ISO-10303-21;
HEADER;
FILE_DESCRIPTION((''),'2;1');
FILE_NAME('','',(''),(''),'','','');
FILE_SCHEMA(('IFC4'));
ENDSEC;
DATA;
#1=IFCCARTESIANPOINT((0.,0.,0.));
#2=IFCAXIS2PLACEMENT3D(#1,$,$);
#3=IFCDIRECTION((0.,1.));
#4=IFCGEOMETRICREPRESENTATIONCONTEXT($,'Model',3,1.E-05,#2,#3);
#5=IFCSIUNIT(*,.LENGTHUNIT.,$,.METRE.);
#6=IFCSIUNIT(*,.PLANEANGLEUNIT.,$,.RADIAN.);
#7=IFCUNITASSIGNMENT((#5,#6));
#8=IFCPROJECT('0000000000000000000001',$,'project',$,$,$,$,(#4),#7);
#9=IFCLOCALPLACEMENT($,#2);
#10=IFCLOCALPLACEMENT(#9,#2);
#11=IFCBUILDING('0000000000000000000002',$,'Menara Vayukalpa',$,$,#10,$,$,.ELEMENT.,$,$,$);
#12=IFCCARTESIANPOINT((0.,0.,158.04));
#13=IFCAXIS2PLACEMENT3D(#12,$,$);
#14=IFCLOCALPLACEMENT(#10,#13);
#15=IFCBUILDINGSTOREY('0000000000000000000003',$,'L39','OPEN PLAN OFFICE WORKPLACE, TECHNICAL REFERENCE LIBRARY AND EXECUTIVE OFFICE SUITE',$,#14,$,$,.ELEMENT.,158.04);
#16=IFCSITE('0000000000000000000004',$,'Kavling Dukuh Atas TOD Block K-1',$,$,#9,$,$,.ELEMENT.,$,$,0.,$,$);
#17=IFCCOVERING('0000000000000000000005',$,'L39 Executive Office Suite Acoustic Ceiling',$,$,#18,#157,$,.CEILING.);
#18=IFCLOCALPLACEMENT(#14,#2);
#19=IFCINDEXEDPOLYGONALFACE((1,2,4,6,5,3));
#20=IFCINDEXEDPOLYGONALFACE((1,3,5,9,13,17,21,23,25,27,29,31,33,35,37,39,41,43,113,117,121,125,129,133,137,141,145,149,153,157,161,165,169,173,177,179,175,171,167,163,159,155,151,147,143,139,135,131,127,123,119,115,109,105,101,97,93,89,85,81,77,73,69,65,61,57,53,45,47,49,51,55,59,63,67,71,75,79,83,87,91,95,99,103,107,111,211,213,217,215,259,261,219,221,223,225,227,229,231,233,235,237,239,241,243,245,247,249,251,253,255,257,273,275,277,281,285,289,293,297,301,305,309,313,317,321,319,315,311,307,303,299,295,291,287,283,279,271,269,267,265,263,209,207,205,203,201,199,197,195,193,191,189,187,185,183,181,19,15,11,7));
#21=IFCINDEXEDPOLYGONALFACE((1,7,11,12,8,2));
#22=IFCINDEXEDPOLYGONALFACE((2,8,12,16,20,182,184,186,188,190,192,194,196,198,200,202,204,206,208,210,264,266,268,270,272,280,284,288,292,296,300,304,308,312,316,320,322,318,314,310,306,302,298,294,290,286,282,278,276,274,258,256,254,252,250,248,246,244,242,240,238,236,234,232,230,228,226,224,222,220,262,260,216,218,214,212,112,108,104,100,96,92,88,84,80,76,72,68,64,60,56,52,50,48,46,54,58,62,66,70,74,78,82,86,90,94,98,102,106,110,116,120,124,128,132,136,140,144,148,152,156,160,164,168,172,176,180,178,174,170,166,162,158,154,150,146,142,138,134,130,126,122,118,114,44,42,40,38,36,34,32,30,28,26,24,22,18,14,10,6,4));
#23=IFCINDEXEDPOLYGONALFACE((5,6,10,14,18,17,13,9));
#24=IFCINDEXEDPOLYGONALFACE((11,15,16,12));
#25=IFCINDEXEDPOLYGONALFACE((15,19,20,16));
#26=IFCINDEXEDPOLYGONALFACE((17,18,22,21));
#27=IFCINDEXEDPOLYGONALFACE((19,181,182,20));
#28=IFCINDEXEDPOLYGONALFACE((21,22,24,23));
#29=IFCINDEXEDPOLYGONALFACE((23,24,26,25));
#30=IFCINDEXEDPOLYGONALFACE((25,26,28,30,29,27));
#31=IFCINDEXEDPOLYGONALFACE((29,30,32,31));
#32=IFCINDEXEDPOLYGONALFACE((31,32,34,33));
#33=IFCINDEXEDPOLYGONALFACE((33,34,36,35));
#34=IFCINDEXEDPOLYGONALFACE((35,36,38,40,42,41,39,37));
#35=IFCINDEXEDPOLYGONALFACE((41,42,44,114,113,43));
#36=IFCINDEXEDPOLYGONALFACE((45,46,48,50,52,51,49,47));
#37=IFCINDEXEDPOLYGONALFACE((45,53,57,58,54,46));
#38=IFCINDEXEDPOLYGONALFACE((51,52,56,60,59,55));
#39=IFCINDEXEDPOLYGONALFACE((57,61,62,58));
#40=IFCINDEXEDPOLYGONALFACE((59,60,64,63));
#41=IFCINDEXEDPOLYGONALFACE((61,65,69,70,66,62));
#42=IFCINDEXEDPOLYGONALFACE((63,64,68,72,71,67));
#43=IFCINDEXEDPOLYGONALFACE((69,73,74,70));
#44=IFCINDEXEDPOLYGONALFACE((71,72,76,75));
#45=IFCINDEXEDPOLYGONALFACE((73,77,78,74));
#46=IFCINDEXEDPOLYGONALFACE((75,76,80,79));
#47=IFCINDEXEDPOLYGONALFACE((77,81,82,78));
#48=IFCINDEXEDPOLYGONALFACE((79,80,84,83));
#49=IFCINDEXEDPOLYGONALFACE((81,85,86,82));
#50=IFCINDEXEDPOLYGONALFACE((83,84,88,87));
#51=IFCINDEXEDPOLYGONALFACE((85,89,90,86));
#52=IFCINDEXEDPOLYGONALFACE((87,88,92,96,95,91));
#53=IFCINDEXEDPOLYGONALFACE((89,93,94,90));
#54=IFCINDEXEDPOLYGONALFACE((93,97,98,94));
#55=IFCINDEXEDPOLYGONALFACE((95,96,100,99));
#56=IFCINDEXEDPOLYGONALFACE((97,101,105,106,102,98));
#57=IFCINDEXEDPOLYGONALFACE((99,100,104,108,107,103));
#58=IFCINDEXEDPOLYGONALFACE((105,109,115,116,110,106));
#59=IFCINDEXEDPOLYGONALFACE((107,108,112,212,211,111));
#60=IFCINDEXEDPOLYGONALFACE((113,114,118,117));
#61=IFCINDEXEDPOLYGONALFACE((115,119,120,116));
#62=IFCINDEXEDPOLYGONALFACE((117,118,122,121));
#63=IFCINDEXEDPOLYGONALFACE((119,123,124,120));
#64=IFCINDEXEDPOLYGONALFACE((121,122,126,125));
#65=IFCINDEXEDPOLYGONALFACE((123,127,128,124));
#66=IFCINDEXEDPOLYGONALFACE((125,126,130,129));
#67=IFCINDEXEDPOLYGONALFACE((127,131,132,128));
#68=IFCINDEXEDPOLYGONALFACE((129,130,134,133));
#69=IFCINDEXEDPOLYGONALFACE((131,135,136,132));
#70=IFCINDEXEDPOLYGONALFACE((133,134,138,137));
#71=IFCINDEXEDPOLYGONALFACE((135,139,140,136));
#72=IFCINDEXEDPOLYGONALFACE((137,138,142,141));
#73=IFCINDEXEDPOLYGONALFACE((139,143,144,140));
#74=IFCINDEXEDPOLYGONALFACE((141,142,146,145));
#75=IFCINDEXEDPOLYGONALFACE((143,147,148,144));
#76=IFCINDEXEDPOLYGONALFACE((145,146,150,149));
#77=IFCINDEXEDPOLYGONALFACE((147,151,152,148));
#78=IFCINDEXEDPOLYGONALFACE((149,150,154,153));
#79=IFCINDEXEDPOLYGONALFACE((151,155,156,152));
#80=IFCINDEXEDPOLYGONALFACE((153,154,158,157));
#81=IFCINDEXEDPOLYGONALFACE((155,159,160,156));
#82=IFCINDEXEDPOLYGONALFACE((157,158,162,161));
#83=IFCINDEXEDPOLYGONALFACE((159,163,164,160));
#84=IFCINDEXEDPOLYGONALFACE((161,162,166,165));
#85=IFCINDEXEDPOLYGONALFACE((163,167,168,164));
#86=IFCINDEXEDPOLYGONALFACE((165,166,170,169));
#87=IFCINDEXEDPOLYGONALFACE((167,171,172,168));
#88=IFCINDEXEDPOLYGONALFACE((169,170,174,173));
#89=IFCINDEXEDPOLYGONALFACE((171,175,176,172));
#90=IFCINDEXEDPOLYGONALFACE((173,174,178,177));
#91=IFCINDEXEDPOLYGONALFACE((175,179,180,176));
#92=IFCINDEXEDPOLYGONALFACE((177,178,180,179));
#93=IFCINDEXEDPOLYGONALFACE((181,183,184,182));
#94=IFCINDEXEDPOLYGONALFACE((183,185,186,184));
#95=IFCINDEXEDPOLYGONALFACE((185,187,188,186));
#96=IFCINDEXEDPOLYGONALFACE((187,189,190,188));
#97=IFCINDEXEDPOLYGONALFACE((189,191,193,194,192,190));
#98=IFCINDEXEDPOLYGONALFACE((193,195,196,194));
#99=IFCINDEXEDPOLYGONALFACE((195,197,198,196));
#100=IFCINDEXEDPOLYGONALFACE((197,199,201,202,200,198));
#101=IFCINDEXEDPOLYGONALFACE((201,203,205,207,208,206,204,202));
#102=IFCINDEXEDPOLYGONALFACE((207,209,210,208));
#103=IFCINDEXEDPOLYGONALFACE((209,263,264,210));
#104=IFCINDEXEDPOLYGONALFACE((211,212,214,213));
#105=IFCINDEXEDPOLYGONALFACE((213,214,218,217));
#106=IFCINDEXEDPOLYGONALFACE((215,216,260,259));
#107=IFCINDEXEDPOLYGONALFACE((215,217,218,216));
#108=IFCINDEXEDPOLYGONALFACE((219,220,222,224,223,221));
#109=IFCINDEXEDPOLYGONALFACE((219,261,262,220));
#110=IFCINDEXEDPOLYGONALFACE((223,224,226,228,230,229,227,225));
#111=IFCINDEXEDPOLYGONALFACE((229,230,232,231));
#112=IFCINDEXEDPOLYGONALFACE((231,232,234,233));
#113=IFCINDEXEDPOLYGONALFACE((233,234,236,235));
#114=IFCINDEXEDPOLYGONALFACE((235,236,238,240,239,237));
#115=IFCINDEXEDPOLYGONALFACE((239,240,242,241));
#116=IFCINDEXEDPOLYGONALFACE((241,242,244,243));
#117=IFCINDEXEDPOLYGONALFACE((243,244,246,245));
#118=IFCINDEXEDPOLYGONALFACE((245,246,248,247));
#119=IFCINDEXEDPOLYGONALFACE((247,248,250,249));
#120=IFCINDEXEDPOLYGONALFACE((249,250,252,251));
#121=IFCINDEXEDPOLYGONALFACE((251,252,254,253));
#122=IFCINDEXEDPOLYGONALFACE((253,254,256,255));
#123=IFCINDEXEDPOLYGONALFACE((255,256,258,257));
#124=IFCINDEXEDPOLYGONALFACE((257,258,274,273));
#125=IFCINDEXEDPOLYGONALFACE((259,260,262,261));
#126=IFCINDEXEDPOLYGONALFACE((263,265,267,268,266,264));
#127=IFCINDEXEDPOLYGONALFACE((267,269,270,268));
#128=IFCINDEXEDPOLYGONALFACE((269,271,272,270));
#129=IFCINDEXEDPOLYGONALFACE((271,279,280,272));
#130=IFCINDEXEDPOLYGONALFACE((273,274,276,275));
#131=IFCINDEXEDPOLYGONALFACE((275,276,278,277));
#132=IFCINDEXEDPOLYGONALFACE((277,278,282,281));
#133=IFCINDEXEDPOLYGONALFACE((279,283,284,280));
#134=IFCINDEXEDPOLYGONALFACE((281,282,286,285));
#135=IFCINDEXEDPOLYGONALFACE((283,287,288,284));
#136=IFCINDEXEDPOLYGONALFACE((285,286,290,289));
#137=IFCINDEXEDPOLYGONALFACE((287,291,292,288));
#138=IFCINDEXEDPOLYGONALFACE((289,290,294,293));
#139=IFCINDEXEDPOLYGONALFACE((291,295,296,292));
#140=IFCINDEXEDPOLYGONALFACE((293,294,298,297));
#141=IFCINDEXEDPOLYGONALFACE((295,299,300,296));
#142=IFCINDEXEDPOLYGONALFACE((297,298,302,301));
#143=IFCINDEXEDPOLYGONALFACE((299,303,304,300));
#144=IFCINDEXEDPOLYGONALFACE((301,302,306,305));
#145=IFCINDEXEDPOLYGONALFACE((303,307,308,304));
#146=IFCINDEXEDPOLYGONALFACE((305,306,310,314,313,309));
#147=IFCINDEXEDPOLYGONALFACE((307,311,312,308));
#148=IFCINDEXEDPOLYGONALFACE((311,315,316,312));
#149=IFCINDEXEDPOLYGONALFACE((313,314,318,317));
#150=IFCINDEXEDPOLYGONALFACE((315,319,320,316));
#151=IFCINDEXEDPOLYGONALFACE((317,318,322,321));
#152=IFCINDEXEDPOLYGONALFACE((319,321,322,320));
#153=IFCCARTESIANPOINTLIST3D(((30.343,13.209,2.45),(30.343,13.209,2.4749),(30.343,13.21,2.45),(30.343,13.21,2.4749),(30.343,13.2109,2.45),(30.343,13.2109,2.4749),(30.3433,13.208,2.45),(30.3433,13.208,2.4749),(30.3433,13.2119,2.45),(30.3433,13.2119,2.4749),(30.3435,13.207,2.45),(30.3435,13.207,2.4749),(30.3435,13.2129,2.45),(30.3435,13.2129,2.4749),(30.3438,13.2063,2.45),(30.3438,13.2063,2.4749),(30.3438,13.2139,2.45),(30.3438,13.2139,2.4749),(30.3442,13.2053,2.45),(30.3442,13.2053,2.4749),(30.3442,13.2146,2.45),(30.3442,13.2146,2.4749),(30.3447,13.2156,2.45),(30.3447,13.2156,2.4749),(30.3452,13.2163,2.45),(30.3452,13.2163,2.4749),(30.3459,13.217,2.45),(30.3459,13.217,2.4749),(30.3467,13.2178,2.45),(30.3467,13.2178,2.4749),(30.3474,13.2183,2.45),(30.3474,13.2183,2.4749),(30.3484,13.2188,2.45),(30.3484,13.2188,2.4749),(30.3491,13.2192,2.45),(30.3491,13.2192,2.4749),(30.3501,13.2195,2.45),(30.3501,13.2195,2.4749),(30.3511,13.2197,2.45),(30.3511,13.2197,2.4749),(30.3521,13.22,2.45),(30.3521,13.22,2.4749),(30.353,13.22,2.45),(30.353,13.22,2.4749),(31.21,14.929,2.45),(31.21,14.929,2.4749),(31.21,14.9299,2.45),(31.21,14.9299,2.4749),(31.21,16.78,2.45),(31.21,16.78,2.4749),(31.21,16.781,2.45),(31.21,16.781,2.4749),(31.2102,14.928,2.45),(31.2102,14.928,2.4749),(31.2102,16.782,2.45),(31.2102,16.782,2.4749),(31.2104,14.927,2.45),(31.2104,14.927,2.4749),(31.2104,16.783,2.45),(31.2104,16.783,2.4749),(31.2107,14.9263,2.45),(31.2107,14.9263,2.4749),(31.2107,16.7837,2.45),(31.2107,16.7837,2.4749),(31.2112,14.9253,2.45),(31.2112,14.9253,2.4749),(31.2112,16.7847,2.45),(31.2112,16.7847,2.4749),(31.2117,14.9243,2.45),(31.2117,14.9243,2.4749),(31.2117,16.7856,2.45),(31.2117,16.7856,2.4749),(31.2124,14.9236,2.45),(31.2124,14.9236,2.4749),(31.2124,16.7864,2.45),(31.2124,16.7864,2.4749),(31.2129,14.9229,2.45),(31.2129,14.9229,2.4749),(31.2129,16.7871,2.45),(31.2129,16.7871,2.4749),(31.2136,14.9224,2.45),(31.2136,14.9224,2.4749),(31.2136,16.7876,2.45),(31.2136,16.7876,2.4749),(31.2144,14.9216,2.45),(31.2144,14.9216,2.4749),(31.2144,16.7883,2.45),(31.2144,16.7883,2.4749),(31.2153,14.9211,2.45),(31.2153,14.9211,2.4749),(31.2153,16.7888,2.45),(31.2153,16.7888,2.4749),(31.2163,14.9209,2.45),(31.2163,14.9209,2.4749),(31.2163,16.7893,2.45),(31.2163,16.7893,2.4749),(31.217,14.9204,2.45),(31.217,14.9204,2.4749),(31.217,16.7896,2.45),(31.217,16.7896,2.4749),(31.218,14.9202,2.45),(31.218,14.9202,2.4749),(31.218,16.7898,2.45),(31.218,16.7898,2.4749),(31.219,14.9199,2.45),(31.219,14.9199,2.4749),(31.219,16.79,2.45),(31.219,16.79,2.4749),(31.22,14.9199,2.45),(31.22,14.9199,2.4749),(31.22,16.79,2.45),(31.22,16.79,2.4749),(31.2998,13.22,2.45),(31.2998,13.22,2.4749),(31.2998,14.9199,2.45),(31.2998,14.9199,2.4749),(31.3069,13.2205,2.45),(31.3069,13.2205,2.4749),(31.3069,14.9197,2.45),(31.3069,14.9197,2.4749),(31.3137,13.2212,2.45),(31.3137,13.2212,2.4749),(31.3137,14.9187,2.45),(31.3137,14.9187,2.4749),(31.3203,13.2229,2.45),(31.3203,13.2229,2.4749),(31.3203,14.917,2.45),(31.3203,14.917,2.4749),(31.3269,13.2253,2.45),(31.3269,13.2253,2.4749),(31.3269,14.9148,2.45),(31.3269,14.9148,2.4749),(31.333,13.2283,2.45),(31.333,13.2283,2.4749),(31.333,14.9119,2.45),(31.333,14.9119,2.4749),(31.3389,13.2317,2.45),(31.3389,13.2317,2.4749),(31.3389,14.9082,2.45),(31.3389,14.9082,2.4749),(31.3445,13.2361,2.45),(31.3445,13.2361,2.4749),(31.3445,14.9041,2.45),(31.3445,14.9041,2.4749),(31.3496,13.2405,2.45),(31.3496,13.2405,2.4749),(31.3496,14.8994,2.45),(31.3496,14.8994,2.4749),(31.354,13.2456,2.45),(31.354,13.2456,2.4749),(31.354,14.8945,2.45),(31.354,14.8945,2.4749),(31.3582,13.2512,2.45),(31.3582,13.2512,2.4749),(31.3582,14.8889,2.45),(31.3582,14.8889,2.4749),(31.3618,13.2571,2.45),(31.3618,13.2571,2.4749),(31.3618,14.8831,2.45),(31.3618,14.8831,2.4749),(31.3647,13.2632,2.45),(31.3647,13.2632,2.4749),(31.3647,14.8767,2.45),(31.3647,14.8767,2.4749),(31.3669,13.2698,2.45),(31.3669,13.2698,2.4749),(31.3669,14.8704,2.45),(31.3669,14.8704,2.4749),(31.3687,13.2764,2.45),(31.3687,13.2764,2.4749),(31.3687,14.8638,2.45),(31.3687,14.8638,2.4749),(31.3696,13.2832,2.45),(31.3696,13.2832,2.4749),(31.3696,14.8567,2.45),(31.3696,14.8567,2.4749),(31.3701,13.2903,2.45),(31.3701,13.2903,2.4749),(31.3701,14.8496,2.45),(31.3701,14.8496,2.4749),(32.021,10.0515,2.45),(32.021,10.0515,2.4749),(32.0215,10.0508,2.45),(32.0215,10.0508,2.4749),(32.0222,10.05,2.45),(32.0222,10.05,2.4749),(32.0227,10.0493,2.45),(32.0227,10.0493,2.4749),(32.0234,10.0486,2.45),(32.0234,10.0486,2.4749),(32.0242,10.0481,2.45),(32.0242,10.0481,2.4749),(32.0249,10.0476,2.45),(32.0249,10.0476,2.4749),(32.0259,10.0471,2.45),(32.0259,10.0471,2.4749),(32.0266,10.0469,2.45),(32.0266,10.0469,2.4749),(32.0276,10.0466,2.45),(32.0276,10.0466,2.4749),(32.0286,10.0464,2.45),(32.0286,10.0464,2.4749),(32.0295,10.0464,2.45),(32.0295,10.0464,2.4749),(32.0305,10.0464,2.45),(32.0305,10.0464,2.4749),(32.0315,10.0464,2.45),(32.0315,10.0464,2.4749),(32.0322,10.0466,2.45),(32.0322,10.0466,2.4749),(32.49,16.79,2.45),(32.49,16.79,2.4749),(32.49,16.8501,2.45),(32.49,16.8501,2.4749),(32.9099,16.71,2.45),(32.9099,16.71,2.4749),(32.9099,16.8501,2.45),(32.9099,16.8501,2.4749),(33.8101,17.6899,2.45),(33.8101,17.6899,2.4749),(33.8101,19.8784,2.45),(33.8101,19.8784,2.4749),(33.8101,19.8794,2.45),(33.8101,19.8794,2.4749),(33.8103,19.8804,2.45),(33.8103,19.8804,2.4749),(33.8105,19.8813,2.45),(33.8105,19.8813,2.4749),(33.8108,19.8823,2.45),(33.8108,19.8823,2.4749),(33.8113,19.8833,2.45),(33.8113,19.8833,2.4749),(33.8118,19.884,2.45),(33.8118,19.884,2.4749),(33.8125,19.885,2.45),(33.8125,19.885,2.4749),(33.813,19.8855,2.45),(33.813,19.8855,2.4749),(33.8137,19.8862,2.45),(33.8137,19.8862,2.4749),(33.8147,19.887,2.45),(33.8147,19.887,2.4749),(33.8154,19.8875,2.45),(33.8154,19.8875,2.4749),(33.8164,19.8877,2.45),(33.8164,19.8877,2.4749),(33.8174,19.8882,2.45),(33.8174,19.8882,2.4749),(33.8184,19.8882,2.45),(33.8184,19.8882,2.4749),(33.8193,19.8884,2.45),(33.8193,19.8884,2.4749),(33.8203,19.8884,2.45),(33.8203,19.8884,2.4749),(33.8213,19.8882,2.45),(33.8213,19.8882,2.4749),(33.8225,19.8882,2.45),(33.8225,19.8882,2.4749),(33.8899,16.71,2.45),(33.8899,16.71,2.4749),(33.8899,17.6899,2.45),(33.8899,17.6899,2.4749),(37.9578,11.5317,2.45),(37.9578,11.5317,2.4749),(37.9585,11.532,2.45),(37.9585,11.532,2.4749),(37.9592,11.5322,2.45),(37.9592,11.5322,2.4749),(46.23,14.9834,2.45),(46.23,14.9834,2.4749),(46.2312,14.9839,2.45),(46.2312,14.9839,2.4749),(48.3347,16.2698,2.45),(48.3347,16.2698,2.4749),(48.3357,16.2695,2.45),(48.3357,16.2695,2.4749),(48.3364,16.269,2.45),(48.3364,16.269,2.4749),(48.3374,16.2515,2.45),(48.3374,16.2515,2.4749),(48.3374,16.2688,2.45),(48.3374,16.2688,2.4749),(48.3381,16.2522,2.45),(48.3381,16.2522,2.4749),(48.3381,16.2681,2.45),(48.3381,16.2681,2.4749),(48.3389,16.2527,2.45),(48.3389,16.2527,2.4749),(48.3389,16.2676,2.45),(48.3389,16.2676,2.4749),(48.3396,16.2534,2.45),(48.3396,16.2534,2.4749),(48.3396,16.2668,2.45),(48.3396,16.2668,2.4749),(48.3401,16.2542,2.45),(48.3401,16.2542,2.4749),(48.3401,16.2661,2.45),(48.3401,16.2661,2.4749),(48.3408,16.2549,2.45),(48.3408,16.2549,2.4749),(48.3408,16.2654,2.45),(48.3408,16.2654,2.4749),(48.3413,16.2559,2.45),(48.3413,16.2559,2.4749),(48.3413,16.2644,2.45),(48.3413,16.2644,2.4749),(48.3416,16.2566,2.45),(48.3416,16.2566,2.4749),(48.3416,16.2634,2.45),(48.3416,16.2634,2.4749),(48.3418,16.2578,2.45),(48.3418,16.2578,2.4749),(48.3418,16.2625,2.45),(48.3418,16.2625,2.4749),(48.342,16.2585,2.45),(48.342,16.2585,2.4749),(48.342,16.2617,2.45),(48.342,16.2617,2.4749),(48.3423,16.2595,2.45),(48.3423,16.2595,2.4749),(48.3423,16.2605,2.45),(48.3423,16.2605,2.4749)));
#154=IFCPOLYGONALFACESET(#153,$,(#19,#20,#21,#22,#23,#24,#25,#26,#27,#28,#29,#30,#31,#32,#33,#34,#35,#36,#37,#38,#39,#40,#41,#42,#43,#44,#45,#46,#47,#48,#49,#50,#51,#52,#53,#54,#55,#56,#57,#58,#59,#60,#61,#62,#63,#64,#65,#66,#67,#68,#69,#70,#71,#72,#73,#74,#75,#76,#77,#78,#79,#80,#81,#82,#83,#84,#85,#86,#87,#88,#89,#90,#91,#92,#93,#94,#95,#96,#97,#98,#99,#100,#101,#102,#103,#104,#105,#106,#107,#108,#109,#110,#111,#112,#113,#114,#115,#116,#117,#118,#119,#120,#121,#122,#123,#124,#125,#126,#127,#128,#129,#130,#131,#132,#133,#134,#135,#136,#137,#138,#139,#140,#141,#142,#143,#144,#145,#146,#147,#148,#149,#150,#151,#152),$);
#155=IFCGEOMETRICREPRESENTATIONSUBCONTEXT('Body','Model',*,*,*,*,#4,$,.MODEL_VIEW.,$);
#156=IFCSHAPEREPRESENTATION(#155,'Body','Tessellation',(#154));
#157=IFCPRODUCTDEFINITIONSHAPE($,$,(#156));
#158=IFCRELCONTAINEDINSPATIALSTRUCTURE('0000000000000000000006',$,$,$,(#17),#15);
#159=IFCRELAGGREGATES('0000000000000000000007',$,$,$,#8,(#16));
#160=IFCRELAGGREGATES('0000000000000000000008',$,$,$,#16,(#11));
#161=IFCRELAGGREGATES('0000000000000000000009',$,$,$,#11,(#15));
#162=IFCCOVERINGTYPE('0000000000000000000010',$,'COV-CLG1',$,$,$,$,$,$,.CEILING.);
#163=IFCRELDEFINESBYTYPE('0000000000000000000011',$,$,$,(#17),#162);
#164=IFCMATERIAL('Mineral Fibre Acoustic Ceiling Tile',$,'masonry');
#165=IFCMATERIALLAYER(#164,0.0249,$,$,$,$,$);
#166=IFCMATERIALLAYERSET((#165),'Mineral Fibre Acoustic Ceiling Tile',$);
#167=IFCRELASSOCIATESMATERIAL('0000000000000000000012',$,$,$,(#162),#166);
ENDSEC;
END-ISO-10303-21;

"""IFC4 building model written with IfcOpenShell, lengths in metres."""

from ifc_helpers import new_model, si_unit, direction, frame, origin, place, context, subcontext, project, spatial, polyline, outline, extrude, material, layer, layer_set, type_object, element, save


model = new_model("IFC4")

# Units and contexts
model_context = context("Model", 3, precision=1e-05, world=origin(), true_north=direction((0.0, 1.0)))
body_context = subcontext(model_context, "Body", "Model", "MODEL_VIEW")
ifc_project = project(units=[si_unit("LENGTHUNIT", "METRE"), si_unit("PLANEANGLEUNIT", "RADIAN")], contexts=[model_context])

# Site, building, storey
site_placement = place(None, origin())
site = spatial("IfcSite", under=ifc_project, at=site_placement, Name="Kavling Dukuh Atas TOD Block K-1", CompositionType="ELEMENT", RefElevation=0.0)
building_placement = place(site_placement, origin())
building = spatial("IfcBuilding", under=site, at=building_placement, Name="Menara Vayukalpa", CompositionType="ELEMENT")
storey_placement = place(building_placement, frame((0.0, 0.0, 158.04)))
storey = spatial("IfcBuildingStorey", under=building, at=storey_placement, Name="L39", Description="OPEN PLAN OFFICE WORKPLACE, TECHNICAL REFERENCE LIBRARY AND EXECUTIVE OFFICE SUITE", CompositionType="ELEMENT", Elevation=158.04)

# Covering
ifc_material_1 = material(Name="Mineral Fibre Acoustic Ceiling Tile", Category="masonry")
ifc_layer_1 = layer(ifc_material_1, 0.0249)
ifc_layer_set_1 = layer_set([ifc_layer_1], Name="Mineral Fibre Acoustic Ceiling Tile")
covering_type_1 = type_object("IfcCoveringType", Name="COV-CLG1", PredefinedType="CEILING", material=ifc_layer_set_1)
covering_1_placement = place(storey_placement, frame((0.0, 0.0, 2.45)))
element("IfcCovering", 1, at=covering_1_placement, inside=storey, type_object=covering_type_1, Name="L39 Executive Office Suite Acoustic Ceiling", PredefinedType="CEILING", context=body_context, shape_type="SweptSolid", body=[
    extrude(outline(polyline([(37.9578, 11.5317), (32.0322, 10.0466), (32.0315, 10.0464), (32.0305, 10.0464), (32.0295, 10.0464), (32.0286, 10.0464), (32.0276, 10.0466), (32.0266, 10.0469), (32.0259, 10.0471), (32.0249, 10.0476), (32.0242, 10.0481), (32.0234, 10.0486), (32.0227, 10.0493), (32.0222, 10.05), (32.0215, 10.0508), (32.021, 10.0515), (30.3442, 13.2053), (30.3438, 13.2063), (30.3435, 13.207), (30.3433, 13.208), (30.343, 13.209), (30.343, 13.21), (30.343, 13.2109), (30.3433, 13.2119), (30.3435, 13.2129), (30.3438, 13.2139), (30.3442, 13.2146), (30.3447, 13.2156), (30.3452, 13.2163), (30.3459, 13.217), (30.3467, 13.2178), (30.3474, 13.2183), (30.3484, 13.2188), (30.3491, 13.2192), (30.3501, 13.2195), (30.3511, 13.2197), (30.3521, 13.22), (30.353, 13.22), (31.2998, 13.22), (31.3069, 13.2205), (31.3137, 13.2212), (31.3203, 13.2229), (31.3269, 13.2253), (31.333, 13.2283), (31.3389, 13.2317), (31.3445, 13.2361), (31.3496, 13.2405), (31.354, 13.2456), (31.3582, 13.2512), (31.3618, 13.2571), (31.3647, 13.2632), (31.3669, 13.2698), (31.3687, 13.2764), (31.3696, 13.2832), (31.3701, 13.2903), (31.3701, 14.8496), (31.3696, 14.8567), (31.3687, 14.8638), (31.3669, 14.8704), (31.3647, 14.8767), (31.3618, 14.8831), (31.3582, 14.8889), (31.354, 14.8945), (31.3496, 14.8994), (31.3445, 14.9041), (31.3389, 14.9082), (31.333, 14.9119), (31.3269, 14.9148), (31.3203, 14.917), (31.3137, 14.9187), (31.3069, 14.9197), (31.2998, 14.9199), (31.22, 14.9199), (31.219, 14.9199), (31.218, 14.9202), (31.217, 14.9204), (31.2163, 14.9209), (31.2153, 14.9211), (31.2144, 14.9216), (31.2136, 14.9224), (31.2129, 14.9229), (31.2124, 14.9236), (31.2117, 14.9243), (31.2112, 14.9253), (31.2107, 14.9263), (31.2104, 14.927), (31.2102, 14.928), (31.21, 14.929), (31.21, 14.9299), (31.21, 16.78), (31.21, 16.781), (31.2102, 16.782), (31.2104, 16.783), (31.2107, 16.7837), (31.2112, 16.7847), (31.2117, 16.7856), (31.2124, 16.7864), (31.2129, 16.7871), (31.2136, 16.7876), (31.2144, 16.7883), (31.2153, 16.7888), (31.2163, 16.7893), (31.217, 16.7896), (31.218, 16.7898), (31.219, 16.79), (31.22, 16.79), (32.49, 16.79), (32.49, 16.8501), (32.9099, 16.8501), (32.9099, 16.71), (33.8899, 16.71), (33.8899, 17.6899), (33.8101, 17.6899), (33.8101, 19.8784), (33.8101, 19.8794), (33.8103, 19.8804), (33.8105, 19.8813), (33.8108, 19.8823), (33.8113, 19.8833), (33.8118, 19.884), (33.8125, 19.885), (33.813, 19.8855), (33.8137, 19.8862), (33.8147, 19.887), (33.8154, 19.8875), (33.8164, 19.8877), (33.8174, 19.8882), (33.8184, 19.8882), (33.8193, 19.8884), (33.8203, 19.8884), (33.8213, 19.8882), (33.8225, 19.8882), (48.3347, 16.2698), (48.3357, 16.2695), (48.3364, 16.269), (48.3374, 16.2688), (48.3381, 16.2681), (48.3389, 16.2676), (48.3396, 16.2668), (48.3401, 16.2661), (48.3408, 16.2654), (48.3413, 16.2644), (48.3416, 16.2634), (48.3418, 16.2625), (48.342, 16.2617), (48.3423, 16.2605), (48.3423, 16.2595), (48.342, 16.2585), (48.3418, 16.2578), (48.3416, 16.2566), (48.3413, 16.2559), (48.3408, 16.2549), (48.3401, 16.2542), (48.3396, 16.2534), (48.3389, 16.2527), (48.3381, 16.2522), (48.3374, 16.2515), (46.2312, 14.9839), (46.23, 14.9834), (37.9592, 11.5322), (37.9585, 11.532), (37.9578, 11.5317)])), origin(), (0.0, 0.0, 1.0), 0.0249),
])

save(model, "model.ifc")
